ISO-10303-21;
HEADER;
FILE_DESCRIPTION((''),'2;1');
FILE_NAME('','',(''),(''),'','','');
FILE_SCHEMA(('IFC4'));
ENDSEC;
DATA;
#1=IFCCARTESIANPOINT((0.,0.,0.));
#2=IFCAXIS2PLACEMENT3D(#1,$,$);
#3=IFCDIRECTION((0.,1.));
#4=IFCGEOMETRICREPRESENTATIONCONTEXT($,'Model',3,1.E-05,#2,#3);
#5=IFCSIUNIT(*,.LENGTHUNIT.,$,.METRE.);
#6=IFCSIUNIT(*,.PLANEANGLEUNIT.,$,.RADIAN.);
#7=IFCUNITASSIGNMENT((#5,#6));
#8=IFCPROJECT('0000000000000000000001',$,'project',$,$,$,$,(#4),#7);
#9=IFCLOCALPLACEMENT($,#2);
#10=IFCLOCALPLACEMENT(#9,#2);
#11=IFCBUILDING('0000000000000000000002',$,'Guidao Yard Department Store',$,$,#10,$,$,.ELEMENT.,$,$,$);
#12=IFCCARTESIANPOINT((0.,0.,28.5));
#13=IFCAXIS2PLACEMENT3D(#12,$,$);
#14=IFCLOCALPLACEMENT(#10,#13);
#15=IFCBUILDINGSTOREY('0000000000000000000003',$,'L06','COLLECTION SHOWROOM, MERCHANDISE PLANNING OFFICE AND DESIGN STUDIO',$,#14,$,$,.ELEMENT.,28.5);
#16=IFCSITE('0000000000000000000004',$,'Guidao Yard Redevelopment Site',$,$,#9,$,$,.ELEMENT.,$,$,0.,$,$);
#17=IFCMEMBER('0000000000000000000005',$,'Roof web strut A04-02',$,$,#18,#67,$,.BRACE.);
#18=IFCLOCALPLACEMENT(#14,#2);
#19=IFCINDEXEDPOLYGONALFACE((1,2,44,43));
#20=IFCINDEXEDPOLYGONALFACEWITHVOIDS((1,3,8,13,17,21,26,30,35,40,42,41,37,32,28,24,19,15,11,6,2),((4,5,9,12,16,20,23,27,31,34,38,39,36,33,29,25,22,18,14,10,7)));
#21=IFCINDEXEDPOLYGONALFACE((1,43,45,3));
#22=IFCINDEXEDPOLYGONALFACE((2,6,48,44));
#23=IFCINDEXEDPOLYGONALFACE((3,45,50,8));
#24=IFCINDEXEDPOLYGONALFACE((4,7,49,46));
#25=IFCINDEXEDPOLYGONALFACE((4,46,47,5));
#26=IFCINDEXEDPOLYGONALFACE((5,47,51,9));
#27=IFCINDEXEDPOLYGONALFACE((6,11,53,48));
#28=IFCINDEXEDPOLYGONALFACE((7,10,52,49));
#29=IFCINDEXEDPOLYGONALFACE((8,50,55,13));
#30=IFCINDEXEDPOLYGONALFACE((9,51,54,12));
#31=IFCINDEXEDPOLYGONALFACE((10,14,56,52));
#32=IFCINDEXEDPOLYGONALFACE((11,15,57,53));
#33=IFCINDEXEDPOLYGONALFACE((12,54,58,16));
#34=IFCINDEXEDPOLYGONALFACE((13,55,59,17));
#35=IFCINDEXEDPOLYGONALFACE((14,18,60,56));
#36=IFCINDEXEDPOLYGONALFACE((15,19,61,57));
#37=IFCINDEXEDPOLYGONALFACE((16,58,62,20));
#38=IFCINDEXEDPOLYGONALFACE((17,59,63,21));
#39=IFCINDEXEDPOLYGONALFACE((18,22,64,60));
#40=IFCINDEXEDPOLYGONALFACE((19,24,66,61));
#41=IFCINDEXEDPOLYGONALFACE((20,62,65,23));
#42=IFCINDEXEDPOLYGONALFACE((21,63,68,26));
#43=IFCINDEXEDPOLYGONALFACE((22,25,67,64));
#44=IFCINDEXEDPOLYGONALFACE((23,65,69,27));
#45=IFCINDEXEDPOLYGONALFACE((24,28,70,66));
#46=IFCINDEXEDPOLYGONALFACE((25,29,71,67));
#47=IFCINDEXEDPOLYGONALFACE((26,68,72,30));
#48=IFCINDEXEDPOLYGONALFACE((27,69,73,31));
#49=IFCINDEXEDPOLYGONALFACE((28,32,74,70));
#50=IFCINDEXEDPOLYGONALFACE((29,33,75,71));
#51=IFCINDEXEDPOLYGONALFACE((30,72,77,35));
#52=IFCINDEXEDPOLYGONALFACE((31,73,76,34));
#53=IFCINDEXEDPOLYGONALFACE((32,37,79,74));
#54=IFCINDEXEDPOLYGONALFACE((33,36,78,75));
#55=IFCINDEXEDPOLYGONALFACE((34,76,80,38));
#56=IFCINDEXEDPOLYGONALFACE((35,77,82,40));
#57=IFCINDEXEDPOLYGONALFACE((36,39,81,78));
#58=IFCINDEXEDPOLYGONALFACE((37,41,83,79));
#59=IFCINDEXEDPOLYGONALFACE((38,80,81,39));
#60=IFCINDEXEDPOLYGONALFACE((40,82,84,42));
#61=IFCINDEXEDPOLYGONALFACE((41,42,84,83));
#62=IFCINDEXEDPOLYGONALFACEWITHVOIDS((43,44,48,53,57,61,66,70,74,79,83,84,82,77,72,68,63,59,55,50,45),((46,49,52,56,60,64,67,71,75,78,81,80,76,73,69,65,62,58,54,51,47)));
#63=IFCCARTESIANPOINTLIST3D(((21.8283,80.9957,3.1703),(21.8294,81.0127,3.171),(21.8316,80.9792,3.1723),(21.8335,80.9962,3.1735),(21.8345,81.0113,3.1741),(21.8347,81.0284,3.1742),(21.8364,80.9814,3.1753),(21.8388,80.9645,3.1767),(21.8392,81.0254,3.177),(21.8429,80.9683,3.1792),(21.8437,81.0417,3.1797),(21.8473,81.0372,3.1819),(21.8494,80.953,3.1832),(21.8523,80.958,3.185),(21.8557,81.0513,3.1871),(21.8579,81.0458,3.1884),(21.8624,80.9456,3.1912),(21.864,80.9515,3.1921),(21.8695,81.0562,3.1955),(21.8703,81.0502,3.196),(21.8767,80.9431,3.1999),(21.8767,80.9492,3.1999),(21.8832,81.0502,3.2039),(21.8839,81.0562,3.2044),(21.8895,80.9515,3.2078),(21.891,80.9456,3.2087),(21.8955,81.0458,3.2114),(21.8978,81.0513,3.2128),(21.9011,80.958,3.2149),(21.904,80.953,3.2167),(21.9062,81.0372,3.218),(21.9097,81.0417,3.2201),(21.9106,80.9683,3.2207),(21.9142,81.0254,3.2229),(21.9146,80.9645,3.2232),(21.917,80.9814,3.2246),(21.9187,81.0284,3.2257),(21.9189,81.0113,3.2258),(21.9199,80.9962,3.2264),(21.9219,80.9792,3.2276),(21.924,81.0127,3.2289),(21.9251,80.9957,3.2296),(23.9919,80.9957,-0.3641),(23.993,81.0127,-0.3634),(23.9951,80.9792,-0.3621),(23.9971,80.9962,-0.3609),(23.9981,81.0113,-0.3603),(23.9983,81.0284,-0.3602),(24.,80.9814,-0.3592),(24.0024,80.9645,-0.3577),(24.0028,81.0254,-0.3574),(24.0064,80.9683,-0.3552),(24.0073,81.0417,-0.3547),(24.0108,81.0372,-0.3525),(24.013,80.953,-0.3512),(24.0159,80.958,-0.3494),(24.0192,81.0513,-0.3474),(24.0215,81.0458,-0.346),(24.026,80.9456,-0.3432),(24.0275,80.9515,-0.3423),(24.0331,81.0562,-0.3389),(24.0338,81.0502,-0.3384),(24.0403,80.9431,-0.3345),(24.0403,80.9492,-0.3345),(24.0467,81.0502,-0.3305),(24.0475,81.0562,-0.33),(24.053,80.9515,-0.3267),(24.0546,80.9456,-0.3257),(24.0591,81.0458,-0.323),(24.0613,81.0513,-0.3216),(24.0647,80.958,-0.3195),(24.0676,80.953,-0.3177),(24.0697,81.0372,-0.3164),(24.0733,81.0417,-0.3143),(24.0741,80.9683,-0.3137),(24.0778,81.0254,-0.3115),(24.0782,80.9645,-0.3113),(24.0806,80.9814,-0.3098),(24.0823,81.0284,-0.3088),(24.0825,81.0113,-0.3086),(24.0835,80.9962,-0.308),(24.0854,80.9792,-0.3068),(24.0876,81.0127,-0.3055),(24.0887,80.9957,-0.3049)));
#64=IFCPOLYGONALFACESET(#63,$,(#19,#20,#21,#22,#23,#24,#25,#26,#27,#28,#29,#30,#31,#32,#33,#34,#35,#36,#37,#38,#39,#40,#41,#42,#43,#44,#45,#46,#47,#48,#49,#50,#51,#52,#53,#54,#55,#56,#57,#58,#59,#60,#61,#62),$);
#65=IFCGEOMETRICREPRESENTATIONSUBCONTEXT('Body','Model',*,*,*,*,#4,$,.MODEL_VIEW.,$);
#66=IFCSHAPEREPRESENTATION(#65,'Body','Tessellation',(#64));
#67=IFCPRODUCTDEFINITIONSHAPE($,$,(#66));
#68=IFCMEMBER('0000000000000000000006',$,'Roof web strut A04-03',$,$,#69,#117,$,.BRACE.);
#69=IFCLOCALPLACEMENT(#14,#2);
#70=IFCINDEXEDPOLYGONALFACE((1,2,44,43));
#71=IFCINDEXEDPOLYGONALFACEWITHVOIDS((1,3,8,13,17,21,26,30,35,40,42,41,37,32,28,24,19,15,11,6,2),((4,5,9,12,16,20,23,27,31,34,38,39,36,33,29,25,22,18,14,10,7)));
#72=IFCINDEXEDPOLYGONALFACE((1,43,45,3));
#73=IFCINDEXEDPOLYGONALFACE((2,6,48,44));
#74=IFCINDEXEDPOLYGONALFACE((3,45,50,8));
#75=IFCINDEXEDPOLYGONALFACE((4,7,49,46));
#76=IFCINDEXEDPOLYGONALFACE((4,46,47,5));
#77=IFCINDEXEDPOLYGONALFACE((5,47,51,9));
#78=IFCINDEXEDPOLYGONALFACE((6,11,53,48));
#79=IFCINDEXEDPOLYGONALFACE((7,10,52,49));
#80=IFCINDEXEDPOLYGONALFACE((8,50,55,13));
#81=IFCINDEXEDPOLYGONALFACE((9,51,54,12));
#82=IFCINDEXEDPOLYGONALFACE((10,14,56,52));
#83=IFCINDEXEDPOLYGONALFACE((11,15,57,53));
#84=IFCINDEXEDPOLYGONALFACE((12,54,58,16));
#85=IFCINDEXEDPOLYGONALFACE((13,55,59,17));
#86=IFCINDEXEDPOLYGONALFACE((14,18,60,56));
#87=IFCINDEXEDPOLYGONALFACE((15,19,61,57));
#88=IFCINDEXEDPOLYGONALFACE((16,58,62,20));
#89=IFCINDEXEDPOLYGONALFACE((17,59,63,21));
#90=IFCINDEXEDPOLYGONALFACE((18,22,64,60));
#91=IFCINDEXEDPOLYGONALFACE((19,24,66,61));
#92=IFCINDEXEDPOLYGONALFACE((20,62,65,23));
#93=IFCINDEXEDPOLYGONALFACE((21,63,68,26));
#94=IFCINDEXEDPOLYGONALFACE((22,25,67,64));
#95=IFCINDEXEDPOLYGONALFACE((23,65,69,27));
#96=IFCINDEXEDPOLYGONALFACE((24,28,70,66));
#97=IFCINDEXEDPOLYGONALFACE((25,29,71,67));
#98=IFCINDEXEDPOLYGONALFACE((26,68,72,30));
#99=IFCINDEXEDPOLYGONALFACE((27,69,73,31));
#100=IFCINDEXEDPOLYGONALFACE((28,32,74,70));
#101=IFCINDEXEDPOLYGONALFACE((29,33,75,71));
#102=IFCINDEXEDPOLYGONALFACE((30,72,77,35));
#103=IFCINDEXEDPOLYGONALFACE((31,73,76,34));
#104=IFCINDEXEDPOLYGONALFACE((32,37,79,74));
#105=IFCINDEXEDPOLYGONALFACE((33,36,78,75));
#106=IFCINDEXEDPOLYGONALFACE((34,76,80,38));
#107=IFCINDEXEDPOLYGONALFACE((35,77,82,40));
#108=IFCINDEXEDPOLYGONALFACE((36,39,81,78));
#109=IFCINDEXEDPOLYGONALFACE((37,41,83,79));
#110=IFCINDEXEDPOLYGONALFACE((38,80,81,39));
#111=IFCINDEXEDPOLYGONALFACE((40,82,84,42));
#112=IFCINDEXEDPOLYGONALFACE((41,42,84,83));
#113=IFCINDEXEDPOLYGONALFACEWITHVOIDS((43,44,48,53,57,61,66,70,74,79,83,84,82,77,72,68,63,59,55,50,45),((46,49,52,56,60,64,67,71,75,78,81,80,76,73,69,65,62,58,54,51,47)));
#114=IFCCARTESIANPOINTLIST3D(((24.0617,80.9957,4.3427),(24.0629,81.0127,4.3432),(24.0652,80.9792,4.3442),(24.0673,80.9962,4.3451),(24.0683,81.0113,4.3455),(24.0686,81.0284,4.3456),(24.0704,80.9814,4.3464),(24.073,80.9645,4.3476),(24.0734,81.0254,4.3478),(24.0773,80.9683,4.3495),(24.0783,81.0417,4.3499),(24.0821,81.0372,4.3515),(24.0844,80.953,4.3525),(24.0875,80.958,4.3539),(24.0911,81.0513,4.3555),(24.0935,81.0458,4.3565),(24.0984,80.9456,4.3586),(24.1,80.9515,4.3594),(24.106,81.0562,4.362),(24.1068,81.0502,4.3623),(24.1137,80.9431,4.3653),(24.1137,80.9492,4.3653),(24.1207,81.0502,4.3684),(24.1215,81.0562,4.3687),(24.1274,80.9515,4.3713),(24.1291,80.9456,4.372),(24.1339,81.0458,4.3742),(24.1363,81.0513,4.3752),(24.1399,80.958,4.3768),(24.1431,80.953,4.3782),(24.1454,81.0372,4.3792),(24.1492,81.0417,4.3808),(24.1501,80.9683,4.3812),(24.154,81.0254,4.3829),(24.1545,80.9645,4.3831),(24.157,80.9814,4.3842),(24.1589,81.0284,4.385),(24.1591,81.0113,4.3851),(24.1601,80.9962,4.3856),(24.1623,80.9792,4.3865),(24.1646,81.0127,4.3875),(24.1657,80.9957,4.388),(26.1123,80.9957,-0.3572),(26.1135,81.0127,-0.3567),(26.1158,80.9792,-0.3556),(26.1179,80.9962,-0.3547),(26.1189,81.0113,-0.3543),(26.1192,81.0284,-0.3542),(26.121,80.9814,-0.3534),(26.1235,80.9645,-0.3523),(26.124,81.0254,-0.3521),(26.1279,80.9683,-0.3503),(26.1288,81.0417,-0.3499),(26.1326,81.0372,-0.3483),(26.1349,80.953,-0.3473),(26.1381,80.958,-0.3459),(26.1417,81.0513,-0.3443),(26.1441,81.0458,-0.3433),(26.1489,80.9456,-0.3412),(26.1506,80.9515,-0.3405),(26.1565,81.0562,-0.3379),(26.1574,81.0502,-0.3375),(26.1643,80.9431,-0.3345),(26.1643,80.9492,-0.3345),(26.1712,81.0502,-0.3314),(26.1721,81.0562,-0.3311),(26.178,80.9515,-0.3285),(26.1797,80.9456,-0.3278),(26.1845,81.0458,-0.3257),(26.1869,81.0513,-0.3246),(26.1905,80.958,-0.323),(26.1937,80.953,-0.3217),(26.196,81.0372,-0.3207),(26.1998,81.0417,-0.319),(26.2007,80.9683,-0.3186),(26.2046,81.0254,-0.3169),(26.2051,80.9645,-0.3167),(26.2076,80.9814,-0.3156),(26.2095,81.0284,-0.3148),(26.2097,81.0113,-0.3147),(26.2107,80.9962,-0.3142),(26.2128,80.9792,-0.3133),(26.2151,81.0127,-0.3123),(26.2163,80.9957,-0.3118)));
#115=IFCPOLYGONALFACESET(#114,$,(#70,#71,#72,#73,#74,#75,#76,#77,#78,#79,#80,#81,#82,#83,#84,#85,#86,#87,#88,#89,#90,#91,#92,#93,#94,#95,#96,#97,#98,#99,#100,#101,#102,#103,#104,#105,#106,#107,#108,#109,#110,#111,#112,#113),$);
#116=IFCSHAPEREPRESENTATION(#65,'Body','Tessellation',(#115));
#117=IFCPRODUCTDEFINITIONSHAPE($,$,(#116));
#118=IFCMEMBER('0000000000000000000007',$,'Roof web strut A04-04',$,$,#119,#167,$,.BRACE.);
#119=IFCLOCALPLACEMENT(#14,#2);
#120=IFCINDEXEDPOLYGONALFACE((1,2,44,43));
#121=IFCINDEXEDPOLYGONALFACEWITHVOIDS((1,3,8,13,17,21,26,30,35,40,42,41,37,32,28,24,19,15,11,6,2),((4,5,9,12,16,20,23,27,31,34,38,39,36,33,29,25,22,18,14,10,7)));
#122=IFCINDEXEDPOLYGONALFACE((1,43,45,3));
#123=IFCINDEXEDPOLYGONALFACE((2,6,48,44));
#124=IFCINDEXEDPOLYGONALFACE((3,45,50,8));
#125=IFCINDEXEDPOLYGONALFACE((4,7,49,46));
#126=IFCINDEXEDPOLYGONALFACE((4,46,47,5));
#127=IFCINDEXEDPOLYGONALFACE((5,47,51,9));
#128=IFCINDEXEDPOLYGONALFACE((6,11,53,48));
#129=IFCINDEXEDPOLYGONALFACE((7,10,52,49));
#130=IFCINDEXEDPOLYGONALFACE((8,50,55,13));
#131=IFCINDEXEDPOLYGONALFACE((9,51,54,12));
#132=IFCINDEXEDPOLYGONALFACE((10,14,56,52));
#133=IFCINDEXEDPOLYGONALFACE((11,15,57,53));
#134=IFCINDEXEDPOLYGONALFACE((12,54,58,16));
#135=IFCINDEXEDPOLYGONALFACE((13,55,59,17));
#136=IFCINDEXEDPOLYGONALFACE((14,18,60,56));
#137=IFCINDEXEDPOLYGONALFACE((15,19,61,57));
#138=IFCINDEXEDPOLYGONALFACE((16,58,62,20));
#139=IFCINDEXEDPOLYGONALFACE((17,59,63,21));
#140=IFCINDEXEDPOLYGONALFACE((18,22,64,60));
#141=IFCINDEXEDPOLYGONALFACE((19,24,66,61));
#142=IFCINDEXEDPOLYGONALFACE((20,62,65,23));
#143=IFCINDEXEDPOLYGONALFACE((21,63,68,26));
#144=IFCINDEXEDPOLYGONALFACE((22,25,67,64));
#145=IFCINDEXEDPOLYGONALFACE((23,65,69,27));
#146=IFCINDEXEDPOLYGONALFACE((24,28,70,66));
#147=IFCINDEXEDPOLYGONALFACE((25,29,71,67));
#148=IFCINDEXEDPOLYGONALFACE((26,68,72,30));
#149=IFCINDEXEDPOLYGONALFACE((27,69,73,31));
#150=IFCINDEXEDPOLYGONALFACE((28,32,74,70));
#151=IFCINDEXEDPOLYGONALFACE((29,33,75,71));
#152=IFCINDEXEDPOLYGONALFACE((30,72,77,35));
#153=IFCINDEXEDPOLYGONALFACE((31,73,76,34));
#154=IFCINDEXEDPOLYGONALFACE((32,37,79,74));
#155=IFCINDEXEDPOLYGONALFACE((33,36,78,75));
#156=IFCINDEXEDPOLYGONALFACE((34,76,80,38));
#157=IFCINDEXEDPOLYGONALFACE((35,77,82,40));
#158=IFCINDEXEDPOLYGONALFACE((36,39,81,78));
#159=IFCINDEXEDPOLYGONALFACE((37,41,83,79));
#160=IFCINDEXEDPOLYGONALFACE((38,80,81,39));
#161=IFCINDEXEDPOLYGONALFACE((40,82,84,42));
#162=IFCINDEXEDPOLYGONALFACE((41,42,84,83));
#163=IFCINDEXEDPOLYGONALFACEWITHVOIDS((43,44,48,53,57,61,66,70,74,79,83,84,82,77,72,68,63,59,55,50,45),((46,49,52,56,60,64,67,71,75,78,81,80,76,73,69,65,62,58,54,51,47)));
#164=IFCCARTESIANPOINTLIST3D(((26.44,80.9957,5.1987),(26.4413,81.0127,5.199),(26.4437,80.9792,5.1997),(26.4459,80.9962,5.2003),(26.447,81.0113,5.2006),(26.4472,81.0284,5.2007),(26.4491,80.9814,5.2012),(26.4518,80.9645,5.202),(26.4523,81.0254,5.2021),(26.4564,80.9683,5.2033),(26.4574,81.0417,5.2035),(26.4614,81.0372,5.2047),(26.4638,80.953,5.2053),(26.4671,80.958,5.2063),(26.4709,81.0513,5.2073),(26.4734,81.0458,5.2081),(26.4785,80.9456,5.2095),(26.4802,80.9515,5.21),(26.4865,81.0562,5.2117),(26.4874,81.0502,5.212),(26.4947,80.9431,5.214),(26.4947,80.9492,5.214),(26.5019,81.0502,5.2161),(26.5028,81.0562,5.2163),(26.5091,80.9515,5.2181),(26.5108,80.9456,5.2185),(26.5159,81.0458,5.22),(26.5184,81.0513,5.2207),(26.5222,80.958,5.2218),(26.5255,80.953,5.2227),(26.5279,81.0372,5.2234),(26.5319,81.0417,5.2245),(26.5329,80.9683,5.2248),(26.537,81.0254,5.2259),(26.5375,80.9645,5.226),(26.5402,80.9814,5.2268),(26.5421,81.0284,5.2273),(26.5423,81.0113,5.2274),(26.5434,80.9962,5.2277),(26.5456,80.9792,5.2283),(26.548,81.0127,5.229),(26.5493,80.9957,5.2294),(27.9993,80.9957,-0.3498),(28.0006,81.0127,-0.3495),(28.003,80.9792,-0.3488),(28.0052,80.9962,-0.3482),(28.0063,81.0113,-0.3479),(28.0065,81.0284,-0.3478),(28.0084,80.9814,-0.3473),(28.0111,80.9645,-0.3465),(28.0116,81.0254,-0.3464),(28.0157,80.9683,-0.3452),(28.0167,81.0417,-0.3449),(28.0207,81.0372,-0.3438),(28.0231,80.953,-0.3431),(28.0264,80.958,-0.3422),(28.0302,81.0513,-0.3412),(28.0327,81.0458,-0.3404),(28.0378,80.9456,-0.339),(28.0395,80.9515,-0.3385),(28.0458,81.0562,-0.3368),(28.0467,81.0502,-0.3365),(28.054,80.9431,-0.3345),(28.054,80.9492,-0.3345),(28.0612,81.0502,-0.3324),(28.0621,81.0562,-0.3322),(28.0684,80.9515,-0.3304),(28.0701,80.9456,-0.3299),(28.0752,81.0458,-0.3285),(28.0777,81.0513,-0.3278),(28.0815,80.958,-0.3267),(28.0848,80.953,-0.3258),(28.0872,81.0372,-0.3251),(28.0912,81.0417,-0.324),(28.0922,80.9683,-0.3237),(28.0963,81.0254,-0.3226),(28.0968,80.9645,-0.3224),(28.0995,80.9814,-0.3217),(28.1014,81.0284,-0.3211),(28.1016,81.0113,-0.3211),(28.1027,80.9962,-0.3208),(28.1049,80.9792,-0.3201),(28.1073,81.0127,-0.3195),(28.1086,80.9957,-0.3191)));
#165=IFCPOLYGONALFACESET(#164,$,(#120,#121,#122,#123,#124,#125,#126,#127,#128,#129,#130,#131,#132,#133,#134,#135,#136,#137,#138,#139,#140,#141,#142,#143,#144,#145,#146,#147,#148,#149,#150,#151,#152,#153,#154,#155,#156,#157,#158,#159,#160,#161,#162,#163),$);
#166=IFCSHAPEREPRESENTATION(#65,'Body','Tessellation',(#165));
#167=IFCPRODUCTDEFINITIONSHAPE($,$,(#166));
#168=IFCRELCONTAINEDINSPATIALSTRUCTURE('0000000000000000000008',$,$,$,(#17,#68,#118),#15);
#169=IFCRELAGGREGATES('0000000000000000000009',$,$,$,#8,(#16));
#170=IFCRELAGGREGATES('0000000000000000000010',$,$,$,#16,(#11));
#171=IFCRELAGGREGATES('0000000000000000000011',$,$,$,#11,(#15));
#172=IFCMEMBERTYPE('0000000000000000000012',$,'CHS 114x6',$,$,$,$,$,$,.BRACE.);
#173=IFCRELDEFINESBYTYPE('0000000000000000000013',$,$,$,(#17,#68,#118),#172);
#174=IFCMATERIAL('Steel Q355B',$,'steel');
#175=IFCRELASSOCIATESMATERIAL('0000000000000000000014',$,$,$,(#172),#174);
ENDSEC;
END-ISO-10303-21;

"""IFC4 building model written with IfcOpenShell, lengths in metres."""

from ifc_helpers import new_model, si_unit, direction, frame, origin, origin_2d, place, context, subcontext, project, spatial, hollow_circle, extrude, material, material_profile, profile_set, type_object, element, save


model = new_model("IFC4")

# Units and contexts
model_context = context("Model", 3, precision=1e-05, world=origin(), true_north=direction((0.0, 1.0)))
body_context = subcontext(model_context, "Body", "Model", "MODEL_VIEW")
ifc_project = project(units=[si_unit("LENGTHUNIT", "METRE"), si_unit("PLANEANGLEUNIT", "RADIAN")], contexts=[model_context])

# Site, building, storey
site_placement = place(None, origin())
site = spatial("IfcSite", under=ifc_project, at=site_placement, Name="Guidao Yard Redevelopment Site", CompositionType="ELEMENT", RefElevation=0.0)
building_placement = place(site_placement, origin())
building = spatial("IfcBuilding", under=site, at=building_placement, Name="Guidao Yard Department Store", CompositionType="ELEMENT")
storey_placement = place(building_placement, frame((0.0, 0.0, 28.5)))
storey = spatial("IfcBuildingStorey", under=building, at=storey_placement, Name="L06", Description="COLLECTION SHOWROOM, MERCHANDISE PLANNING OFFICE AND DESIGN STUDIO", CompositionType="ELEMENT", Elevation=28.5)

# Members
ifc_material_1 = material(Name="Steel Q355B", Category="steel")
ifc_material_profile_1 = material_profile(ifc_material_1, hollow_circle(Radius=0.0569, WallThickness=0.0061, at=origin_2d()), Name="CHS 114x6")
ifc_profile_set_1 = profile_set([ifc_material_profile_1], Name="Steel Q355B")
member_type_1 = type_object("IfcMemberType", Name="CHS 114x6", PredefinedType="BRACE", material=ifc_profile_set_1)
member_1_placement = place(storey_placement, frame((24.0403, 81.0, -0.3345), z_axis=(-0.522091, 0.0, 0.85289), x_axis=(0.0, -1.0, 0.0)))
element("IfcMember", 1, at=member_1_placement, inside=storey, type_object=member_type_1, Name="Roof web strut A04-02", PredefinedType="BRACE", context=body_context, shape_type="SweptSolid", body=[
    extrude(hollow_circle(Radius=0.0569, WallThickness=0.0061, at=origin_2d()), origin(), (0.0, 0.0, 1.0), 4.144),
])
member_2_placement = place(storey_placement, frame((26.1643, 81.0, -0.3345), z_axis=(-0.399904, 0.0, 0.916557), x_axis=(0.0, -1.0, 0.0)))
element("IfcMember", 2, at=member_2_placement, inside=storey, type_object=member_type_1, Name="Roof web strut A04-03", PredefinedType="BRACE", context=body_context, shape_type="SweptSolid", body=[
    extrude(hollow_circle(Radius=0.0569, WallThickness=0.0061, at=origin_2d()), origin(), (0.0, 0.0, 1.0), 5.1277),
])
member_3_placement = place(storey_placement, frame((28.054, 81.0, -0.3345), z_axis=(-0.270551, 0.0, 0.962706), x_axis=(0.0, -1.0, 0.0)))
element("IfcMember", 3, at=member_3_placement, inside=storey, type_object=member_type_1, Name="Roof web strut A04-04", PredefinedType="BRACE", context=body_context, shape_type="SweptSolid", body=[
    extrude(hollow_circle(Radius=0.0569, WallThickness=0.0061, at=origin_2d()), origin(), (0.0, 0.0, 1.0), 5.7634),
])

save(model, "model.ifc")
